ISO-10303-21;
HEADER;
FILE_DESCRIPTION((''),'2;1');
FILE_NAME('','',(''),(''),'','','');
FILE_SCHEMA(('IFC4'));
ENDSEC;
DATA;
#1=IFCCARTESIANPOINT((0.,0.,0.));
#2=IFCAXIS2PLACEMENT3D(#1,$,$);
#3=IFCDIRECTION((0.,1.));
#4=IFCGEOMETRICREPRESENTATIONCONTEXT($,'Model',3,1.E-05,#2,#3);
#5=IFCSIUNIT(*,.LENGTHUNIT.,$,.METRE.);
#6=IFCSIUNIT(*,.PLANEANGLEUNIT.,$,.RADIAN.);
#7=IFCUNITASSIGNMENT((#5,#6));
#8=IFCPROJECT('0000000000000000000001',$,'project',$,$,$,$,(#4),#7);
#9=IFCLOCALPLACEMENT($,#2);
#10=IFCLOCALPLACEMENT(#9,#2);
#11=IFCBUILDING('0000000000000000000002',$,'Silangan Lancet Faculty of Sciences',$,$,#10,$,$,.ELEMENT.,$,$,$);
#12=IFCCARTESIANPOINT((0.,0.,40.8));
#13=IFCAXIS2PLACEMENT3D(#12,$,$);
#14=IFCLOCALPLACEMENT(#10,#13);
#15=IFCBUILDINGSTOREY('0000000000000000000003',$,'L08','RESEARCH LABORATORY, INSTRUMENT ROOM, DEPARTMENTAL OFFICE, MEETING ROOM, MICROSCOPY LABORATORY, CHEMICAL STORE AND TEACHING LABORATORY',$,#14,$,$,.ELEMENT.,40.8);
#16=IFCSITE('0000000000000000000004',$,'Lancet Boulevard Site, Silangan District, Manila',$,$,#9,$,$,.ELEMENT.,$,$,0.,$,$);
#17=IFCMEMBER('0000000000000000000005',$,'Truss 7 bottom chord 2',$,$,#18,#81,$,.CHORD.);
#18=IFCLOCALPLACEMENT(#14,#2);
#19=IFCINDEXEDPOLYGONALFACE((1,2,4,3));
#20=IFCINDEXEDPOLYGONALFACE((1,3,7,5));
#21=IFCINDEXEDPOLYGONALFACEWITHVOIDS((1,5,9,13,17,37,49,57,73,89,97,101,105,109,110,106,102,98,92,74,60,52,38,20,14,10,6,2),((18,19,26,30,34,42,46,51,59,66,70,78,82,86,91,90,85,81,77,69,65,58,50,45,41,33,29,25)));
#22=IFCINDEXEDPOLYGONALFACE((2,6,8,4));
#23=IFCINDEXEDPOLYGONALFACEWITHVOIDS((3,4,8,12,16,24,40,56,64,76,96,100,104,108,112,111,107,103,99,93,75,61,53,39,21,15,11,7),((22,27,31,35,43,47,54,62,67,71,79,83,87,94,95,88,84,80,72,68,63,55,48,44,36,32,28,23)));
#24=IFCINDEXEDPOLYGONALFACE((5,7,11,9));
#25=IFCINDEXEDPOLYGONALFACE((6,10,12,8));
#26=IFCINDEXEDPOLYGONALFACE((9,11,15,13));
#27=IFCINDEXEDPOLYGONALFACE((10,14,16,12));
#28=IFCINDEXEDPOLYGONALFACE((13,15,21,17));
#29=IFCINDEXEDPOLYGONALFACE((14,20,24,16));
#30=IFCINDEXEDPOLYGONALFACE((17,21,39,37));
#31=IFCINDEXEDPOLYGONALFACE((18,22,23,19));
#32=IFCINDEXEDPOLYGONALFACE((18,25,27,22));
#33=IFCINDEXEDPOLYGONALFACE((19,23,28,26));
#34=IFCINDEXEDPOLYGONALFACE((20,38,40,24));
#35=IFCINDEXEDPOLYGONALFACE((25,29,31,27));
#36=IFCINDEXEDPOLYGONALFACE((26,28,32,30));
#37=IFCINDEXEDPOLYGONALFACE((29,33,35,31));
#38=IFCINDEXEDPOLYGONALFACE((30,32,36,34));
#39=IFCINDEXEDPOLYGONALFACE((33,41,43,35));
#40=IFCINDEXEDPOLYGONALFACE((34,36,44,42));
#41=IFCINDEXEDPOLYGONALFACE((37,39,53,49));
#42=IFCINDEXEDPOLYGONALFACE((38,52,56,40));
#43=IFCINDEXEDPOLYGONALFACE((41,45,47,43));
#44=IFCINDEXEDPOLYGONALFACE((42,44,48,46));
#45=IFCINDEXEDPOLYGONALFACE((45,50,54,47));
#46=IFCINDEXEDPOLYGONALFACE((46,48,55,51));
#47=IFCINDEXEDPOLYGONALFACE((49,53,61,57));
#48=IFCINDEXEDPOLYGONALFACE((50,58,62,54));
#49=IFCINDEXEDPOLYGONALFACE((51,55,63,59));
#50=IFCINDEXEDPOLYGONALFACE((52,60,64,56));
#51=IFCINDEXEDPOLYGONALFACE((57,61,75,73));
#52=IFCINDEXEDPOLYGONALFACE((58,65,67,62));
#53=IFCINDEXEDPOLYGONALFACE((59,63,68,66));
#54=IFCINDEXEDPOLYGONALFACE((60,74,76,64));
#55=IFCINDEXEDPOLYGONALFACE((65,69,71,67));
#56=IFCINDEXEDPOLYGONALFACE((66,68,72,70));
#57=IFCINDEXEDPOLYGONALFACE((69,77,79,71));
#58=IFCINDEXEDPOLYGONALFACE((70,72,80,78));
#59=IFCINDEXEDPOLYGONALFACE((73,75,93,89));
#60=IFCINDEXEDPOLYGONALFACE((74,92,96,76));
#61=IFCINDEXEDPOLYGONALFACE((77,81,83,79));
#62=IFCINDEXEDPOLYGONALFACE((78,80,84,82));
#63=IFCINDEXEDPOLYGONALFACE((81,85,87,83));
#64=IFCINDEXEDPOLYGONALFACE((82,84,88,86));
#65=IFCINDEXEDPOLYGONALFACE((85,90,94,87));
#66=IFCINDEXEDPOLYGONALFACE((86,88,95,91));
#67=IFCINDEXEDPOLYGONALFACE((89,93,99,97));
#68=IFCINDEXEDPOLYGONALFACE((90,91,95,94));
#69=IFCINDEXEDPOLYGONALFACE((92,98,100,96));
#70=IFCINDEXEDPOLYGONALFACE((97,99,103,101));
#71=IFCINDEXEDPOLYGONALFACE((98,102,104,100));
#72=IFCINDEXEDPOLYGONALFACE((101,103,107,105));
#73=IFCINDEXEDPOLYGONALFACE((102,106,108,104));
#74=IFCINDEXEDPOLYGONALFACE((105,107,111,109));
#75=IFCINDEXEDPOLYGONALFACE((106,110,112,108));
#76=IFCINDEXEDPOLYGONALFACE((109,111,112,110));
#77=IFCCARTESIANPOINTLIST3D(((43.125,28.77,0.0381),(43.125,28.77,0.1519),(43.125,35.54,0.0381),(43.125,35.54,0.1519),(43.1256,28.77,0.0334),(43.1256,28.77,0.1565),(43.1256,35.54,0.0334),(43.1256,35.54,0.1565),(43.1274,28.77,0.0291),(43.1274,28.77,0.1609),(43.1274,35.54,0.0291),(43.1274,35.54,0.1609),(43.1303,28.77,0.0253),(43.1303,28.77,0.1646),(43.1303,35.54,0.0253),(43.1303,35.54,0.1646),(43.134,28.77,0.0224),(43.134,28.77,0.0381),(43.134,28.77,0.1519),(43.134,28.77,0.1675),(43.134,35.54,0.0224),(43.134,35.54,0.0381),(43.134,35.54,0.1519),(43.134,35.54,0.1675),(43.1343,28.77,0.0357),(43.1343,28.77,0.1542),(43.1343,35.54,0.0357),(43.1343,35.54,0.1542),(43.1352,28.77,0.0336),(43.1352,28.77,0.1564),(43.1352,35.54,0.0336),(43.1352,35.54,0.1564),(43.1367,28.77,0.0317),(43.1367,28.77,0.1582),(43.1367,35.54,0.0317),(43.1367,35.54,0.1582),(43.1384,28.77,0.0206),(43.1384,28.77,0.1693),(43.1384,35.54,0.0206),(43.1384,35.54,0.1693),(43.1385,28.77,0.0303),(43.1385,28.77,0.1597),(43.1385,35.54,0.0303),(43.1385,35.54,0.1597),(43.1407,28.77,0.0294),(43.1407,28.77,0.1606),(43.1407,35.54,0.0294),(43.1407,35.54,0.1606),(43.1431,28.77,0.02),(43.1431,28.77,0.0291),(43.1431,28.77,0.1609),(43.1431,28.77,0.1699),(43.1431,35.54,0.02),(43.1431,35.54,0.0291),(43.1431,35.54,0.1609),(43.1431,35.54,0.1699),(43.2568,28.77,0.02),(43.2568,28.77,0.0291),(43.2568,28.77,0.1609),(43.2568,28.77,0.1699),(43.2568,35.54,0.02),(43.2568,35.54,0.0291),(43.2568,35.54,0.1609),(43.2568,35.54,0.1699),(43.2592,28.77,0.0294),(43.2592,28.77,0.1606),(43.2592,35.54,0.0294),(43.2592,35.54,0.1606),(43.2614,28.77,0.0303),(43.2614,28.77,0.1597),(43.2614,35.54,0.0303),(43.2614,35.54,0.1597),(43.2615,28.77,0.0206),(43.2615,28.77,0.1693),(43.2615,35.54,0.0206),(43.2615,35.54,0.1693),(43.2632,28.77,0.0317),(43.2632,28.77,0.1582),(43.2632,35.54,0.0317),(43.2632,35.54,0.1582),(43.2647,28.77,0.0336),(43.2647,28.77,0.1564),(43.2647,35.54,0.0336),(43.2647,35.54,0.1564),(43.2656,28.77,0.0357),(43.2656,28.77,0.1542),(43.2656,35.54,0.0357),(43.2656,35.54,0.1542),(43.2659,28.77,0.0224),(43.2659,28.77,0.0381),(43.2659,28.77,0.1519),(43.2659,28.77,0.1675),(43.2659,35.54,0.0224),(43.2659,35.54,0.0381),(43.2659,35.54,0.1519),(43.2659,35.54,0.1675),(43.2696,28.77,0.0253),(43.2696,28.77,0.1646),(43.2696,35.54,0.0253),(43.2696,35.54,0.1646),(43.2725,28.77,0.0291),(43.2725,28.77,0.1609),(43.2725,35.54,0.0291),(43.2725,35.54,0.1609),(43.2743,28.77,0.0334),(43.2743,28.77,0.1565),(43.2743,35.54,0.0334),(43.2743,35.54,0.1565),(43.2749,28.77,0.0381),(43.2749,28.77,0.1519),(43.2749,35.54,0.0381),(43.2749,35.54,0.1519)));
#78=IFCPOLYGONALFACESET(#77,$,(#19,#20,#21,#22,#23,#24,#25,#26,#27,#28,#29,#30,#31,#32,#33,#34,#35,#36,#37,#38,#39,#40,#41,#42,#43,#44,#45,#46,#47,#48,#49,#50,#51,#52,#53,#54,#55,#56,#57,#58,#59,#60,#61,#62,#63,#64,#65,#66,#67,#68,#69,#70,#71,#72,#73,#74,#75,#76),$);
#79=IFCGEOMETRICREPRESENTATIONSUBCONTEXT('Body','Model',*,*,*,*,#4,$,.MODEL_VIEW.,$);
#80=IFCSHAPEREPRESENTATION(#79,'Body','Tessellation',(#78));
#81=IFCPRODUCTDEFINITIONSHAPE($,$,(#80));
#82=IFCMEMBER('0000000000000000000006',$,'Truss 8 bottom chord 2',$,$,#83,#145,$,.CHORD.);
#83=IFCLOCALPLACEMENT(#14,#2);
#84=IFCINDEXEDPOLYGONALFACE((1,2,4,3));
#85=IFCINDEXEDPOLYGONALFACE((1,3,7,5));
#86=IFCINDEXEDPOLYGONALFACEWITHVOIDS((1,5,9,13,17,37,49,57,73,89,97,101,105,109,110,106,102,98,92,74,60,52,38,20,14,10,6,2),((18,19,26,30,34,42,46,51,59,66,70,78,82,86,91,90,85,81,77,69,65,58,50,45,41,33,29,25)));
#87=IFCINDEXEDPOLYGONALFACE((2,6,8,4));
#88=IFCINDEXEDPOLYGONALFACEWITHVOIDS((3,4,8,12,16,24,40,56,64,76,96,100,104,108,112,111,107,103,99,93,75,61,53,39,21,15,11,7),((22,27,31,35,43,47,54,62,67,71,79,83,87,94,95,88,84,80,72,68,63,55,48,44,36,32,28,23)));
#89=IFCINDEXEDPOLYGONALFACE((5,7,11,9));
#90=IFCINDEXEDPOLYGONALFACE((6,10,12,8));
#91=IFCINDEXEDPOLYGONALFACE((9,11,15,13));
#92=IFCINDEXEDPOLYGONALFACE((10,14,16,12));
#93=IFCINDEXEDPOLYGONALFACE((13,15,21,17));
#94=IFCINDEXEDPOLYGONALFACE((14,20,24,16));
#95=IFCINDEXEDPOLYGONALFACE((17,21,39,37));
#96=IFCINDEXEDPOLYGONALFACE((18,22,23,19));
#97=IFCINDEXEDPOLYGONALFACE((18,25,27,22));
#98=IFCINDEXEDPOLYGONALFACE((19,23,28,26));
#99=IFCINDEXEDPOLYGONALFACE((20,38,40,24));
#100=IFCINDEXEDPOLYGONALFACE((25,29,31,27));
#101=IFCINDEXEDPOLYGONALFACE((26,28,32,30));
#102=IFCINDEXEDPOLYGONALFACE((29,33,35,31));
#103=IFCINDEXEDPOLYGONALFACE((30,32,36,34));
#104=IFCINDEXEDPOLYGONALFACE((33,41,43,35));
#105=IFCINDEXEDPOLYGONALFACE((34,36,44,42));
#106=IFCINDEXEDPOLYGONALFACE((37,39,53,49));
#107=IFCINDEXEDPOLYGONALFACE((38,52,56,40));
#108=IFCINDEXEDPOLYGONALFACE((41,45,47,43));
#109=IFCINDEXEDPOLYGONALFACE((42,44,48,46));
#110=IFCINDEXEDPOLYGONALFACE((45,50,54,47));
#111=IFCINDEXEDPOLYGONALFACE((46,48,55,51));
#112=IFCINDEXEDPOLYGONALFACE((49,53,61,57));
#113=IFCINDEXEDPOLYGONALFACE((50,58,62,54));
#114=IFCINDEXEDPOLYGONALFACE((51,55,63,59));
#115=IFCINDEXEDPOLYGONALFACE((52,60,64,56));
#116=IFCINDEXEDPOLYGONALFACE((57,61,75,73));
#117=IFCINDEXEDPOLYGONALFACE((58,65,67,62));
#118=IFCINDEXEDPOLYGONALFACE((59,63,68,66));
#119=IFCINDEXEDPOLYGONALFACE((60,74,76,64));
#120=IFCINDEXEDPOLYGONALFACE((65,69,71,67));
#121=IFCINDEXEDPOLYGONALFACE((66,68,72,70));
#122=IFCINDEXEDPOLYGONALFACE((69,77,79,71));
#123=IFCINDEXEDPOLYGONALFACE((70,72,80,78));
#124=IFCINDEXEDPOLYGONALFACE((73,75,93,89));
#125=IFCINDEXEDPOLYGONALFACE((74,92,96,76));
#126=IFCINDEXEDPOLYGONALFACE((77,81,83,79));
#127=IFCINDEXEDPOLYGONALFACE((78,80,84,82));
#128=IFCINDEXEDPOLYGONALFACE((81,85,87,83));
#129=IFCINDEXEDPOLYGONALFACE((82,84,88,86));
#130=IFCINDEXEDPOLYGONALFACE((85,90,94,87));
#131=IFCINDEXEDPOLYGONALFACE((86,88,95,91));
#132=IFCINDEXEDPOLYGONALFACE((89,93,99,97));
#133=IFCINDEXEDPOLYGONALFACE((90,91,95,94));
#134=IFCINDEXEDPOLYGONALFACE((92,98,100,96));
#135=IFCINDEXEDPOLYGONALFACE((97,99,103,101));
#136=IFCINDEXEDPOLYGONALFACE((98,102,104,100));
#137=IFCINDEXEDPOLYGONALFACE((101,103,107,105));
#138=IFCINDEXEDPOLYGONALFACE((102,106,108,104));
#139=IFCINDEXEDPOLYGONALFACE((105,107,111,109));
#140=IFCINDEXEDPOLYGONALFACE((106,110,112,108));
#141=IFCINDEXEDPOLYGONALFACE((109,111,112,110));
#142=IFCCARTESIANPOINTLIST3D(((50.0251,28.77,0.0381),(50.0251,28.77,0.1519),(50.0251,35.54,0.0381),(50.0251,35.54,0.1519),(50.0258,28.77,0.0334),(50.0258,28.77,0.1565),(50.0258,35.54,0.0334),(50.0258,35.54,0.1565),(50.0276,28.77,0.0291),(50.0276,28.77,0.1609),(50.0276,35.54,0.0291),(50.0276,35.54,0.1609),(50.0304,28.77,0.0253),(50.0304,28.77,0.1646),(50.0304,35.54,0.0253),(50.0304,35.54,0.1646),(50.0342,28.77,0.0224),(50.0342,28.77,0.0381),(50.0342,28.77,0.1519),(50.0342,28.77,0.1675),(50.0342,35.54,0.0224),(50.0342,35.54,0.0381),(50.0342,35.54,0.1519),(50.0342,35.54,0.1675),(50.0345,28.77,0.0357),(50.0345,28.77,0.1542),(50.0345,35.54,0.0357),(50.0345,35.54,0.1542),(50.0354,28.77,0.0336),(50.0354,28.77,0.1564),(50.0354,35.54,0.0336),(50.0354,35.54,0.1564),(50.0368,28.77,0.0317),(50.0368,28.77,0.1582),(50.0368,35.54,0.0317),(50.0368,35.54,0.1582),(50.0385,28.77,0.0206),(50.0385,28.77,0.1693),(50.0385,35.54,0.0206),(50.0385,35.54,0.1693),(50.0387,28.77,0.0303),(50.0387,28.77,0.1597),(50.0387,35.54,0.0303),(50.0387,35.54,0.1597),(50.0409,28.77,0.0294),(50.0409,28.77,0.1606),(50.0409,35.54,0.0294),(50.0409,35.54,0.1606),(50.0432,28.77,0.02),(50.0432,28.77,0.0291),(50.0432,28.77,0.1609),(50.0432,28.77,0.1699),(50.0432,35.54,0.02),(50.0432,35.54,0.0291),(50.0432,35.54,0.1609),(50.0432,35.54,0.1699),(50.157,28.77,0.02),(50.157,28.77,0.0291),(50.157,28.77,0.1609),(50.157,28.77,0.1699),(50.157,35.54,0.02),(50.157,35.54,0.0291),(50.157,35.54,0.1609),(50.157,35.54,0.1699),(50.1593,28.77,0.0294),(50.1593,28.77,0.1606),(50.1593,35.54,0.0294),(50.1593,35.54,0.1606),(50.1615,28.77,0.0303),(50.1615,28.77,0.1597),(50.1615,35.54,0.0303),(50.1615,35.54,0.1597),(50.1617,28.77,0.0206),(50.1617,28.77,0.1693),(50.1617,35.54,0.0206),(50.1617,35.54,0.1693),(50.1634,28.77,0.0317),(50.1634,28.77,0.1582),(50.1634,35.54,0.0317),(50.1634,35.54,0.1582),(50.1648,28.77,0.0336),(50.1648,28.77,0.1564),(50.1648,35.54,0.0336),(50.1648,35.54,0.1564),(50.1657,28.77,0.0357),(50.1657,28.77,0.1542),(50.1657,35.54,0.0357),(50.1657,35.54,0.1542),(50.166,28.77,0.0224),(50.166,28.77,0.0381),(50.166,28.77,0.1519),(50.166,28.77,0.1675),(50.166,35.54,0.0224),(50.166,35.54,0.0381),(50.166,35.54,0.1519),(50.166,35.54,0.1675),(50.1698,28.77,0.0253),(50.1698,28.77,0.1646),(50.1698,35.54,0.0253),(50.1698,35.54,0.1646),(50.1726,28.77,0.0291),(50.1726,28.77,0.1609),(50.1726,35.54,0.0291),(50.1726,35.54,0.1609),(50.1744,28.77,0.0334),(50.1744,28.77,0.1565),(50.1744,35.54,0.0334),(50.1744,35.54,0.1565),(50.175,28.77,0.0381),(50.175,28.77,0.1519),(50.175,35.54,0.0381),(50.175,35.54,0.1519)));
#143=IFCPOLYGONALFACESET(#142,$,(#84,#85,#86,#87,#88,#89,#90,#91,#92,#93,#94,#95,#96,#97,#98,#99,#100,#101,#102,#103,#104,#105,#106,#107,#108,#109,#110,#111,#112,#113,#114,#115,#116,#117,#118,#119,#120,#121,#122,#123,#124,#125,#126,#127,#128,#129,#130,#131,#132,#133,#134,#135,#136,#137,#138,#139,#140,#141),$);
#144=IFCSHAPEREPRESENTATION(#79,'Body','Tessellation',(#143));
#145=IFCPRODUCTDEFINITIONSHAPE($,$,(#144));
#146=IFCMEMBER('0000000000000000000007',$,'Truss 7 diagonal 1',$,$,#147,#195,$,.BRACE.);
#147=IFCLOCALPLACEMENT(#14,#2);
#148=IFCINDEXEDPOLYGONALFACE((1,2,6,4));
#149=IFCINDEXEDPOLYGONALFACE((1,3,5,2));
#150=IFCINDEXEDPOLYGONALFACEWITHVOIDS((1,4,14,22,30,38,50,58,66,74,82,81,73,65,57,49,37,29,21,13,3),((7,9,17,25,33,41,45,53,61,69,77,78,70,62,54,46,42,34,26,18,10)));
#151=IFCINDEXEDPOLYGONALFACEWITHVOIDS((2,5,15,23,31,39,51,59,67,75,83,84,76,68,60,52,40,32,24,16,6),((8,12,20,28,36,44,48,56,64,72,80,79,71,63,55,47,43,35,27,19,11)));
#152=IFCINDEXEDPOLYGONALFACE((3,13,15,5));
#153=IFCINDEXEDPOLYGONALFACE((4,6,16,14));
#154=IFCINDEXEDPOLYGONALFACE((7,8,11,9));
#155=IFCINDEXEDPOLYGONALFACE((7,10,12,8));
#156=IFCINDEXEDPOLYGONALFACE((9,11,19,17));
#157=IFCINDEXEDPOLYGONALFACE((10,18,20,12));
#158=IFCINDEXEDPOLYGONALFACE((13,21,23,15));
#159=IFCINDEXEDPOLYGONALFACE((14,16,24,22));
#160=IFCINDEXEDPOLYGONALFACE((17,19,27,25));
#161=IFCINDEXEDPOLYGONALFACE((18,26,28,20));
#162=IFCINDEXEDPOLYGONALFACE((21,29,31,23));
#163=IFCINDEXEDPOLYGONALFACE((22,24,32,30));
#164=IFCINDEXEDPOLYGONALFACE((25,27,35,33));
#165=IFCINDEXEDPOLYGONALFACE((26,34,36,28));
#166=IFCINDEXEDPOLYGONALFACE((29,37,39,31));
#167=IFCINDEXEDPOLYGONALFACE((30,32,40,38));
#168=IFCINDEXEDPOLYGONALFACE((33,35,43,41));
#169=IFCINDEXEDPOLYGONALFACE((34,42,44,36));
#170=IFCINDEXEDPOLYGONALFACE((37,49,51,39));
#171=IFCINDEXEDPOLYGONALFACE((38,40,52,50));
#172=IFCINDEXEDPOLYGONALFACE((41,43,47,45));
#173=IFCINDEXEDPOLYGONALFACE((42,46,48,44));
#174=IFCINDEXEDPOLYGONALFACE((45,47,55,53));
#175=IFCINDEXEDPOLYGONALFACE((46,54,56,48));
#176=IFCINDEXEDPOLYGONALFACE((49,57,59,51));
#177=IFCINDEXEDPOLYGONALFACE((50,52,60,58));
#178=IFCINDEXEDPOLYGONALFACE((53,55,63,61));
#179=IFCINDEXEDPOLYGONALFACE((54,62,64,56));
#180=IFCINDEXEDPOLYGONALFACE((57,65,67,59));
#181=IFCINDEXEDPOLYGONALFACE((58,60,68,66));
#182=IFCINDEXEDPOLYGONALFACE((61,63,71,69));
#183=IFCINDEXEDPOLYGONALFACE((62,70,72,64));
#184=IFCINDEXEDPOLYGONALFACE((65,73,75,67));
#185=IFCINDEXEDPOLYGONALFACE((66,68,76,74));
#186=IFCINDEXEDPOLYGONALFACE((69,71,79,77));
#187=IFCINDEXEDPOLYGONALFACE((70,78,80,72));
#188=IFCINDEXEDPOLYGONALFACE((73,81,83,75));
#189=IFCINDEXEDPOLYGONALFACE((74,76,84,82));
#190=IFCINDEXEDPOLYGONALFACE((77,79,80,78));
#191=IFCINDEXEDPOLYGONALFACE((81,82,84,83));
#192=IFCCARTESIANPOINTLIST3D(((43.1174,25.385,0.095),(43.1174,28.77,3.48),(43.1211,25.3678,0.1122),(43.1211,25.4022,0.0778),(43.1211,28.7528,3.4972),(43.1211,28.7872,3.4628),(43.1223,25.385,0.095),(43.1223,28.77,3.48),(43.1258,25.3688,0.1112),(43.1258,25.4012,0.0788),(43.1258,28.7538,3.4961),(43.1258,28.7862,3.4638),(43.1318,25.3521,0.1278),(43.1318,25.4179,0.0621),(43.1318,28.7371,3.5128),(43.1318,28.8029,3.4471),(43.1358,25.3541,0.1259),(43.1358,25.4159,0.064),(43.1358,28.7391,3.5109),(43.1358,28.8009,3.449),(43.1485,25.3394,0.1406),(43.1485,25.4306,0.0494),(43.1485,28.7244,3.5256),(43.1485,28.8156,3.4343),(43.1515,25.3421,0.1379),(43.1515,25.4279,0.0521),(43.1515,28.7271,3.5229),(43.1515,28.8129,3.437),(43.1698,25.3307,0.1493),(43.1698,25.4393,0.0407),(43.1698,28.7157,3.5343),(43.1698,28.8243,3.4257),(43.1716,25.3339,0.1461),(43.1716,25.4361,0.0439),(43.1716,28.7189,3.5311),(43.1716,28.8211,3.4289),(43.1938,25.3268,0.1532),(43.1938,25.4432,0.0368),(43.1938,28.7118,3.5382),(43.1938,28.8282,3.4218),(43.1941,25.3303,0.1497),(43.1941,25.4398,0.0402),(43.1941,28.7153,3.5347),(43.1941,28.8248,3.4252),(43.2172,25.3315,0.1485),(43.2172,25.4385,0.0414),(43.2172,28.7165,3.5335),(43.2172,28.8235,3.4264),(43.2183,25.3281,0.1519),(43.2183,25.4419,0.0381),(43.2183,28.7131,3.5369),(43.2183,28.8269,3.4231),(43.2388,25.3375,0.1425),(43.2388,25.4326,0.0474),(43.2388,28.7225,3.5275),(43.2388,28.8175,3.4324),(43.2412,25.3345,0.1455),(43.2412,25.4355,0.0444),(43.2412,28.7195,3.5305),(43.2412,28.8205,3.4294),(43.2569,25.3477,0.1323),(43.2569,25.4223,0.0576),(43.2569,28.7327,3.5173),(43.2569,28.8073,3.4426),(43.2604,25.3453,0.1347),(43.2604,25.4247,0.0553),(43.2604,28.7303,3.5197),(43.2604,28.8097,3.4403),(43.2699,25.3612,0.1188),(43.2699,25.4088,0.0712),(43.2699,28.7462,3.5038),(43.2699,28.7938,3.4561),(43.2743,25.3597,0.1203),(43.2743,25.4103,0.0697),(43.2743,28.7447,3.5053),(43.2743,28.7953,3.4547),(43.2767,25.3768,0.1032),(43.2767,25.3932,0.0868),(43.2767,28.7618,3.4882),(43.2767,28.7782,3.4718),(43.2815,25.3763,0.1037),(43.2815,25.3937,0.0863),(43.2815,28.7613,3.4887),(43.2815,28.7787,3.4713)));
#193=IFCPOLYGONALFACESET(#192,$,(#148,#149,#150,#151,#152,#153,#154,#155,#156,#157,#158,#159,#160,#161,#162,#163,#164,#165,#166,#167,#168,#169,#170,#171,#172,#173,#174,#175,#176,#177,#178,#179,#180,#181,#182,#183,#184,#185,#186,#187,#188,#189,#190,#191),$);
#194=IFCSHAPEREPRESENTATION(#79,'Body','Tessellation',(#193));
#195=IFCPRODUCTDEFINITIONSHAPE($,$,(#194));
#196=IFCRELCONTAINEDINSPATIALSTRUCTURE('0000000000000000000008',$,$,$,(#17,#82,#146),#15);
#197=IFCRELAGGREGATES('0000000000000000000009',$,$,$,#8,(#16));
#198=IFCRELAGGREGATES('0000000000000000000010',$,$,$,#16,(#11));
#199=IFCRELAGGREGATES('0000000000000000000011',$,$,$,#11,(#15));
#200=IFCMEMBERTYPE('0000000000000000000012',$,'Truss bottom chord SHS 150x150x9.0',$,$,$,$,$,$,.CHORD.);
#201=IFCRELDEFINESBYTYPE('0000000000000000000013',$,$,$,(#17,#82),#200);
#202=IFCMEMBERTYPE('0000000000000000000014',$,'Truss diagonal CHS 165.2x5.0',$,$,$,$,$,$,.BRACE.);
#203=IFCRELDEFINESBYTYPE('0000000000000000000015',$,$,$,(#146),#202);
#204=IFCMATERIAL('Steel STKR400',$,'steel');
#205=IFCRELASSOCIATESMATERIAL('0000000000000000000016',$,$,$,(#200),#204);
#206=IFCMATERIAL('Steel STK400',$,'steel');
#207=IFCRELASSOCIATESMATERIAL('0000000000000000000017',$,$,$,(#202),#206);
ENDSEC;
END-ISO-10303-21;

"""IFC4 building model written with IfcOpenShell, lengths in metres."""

from ifc_helpers import new_model, si_unit, direction, frame, origin, origin_2d, place, context, subcontext, project, spatial, hollow_rectangle, hollow_circle, extrude, material, material_profile, profile_set, type_object, element, save


model = new_model("IFC4")

# Units and contexts
model_context = context("Model", 3, precision=1e-05, world=origin(), true_north=direction((0.0, 1.0)))
body_context = subcontext(model_context, "Body", "Model", "MODEL_VIEW")
ifc_project = project(units=[si_unit("LENGTHUNIT", "METRE"), si_unit("PLANEANGLEUNIT", "RADIAN")], contexts=[model_context])

# Site, building, storey
site_placement = place(None, origin())
site = spatial("IfcSite", under=ifc_project, at=site_placement, Name="Lancet Boulevard Site, Silangan District, Manila", CompositionType="ELEMENT", RefElevation=0.0)
building_placement = place(site_placement, origin())
building = spatial("IfcBuilding", under=site, at=building_placement, Name="Silangan Lancet Faculty of Sciences", CompositionType="ELEMENT")
storey_placement = place(building_placement, frame((0.0, 0.0, 40.8)))
storey = spatial("IfcBuildingStorey", under=building, at=storey_placement, Name="L08", Description="RESEARCH LABORATORY, INSTRUMENT ROOM, DEPARTMENTAL OFFICE, MEETING ROOM, MICROSCOPY LABORATORY, CHEMICAL STORE AND TEACHING LABORATORY", CompositionType="ELEMENT", Elevation=40.8)

# Members
ifc_material_1 = material(Name="Steel STKR400", Category="steel")
ifc_material_profile_1 = material_profile(ifc_material_1, hollow_rectangle(XDim=0.1499, YDim=0.1499, WallThickness=0.009, InnerFilletRadius=0.009, OuterFilletRadius=0.0181, at=origin_2d()), Name="SHS 150x150x9.0")
ifc_profile_set_1 = profile_set([ifc_material_profile_1], Name="Steel STKR400")
member_type_1 = type_object("IfcMemberType", Name="Truss bottom chord SHS 150x150x9.0", PredefinedType="CHORD", material=ifc_profile_set_1)
for number, where, z_axis, x_axis, name in (
    (1, (43.2, 28.77, 0.095), (0.0, 1.0, 0.0), (-1.0, 0.0, 0.0), "Truss 7 bottom chord 2"),
    (2, (50.1001, 28.77, 0.095), (0.0, 1.0, 0.0), (-1.0, 0.0, 0.0), "Truss 8 bottom chord 2"),
):
    element("IfcMember", number, at=place(storey_placement, frame(where, z_axis=z_axis, x_axis=x_axis)), inside=storey, type_object=member_type_1, Name=name, PredefinedType="CHORD", context=body_context, shape_type="SweptSolid", body=[
        extrude(hollow_rectangle(XDim=0.1499, YDim=0.1499, WallThickness=0.009, InnerFilletRadius=0.009, OuterFilletRadius=0.0181, at=origin_2d()), origin(), (0.0, 0.0, 1.0), 6.77),
    ])
ifc_material_2 = material(Name="Steel STK400", Category="steel")
ifc_material_profile_2 = material_profile(ifc_material_2, hollow_circle(Radius=0.0825, WallThickness=0.0049, at=origin_2d()), Name="CHS 165.2x5.0")
ifc_profile_set_2 = profile_set([ifc_material_profile_2], Name="Steel STK400")
member_type_2 = type_object("IfcMemberType", Name="Truss diagonal CHS 165.2x5.0", PredefinedType="BRACE", material=ifc_profile_set_2)
for number, where, z_axis, x_axis, name in (
    (3, (43.2, 25.385, 0.095), (0.0, 0.707107, 0.707107), (-1.0, 0.0, 0.0), "Truss 7 diagonal 1"),
):
    element("IfcMember", number, at=place(storey_placement, frame(where, z_axis=z_axis, x_axis=x_axis)), inside=storey, type_object=member_type_2, Name=name, PredefinedType="BRACE", context=body_context, shape_type="SweptSolid", body=[
        extrude(hollow_circle(Radius=0.0825, WallThickness=0.0049, at=origin_2d()), origin(), (0.0, 0.0, 1.0), 4.7871),
    ])

save(model, "model.ifc")
